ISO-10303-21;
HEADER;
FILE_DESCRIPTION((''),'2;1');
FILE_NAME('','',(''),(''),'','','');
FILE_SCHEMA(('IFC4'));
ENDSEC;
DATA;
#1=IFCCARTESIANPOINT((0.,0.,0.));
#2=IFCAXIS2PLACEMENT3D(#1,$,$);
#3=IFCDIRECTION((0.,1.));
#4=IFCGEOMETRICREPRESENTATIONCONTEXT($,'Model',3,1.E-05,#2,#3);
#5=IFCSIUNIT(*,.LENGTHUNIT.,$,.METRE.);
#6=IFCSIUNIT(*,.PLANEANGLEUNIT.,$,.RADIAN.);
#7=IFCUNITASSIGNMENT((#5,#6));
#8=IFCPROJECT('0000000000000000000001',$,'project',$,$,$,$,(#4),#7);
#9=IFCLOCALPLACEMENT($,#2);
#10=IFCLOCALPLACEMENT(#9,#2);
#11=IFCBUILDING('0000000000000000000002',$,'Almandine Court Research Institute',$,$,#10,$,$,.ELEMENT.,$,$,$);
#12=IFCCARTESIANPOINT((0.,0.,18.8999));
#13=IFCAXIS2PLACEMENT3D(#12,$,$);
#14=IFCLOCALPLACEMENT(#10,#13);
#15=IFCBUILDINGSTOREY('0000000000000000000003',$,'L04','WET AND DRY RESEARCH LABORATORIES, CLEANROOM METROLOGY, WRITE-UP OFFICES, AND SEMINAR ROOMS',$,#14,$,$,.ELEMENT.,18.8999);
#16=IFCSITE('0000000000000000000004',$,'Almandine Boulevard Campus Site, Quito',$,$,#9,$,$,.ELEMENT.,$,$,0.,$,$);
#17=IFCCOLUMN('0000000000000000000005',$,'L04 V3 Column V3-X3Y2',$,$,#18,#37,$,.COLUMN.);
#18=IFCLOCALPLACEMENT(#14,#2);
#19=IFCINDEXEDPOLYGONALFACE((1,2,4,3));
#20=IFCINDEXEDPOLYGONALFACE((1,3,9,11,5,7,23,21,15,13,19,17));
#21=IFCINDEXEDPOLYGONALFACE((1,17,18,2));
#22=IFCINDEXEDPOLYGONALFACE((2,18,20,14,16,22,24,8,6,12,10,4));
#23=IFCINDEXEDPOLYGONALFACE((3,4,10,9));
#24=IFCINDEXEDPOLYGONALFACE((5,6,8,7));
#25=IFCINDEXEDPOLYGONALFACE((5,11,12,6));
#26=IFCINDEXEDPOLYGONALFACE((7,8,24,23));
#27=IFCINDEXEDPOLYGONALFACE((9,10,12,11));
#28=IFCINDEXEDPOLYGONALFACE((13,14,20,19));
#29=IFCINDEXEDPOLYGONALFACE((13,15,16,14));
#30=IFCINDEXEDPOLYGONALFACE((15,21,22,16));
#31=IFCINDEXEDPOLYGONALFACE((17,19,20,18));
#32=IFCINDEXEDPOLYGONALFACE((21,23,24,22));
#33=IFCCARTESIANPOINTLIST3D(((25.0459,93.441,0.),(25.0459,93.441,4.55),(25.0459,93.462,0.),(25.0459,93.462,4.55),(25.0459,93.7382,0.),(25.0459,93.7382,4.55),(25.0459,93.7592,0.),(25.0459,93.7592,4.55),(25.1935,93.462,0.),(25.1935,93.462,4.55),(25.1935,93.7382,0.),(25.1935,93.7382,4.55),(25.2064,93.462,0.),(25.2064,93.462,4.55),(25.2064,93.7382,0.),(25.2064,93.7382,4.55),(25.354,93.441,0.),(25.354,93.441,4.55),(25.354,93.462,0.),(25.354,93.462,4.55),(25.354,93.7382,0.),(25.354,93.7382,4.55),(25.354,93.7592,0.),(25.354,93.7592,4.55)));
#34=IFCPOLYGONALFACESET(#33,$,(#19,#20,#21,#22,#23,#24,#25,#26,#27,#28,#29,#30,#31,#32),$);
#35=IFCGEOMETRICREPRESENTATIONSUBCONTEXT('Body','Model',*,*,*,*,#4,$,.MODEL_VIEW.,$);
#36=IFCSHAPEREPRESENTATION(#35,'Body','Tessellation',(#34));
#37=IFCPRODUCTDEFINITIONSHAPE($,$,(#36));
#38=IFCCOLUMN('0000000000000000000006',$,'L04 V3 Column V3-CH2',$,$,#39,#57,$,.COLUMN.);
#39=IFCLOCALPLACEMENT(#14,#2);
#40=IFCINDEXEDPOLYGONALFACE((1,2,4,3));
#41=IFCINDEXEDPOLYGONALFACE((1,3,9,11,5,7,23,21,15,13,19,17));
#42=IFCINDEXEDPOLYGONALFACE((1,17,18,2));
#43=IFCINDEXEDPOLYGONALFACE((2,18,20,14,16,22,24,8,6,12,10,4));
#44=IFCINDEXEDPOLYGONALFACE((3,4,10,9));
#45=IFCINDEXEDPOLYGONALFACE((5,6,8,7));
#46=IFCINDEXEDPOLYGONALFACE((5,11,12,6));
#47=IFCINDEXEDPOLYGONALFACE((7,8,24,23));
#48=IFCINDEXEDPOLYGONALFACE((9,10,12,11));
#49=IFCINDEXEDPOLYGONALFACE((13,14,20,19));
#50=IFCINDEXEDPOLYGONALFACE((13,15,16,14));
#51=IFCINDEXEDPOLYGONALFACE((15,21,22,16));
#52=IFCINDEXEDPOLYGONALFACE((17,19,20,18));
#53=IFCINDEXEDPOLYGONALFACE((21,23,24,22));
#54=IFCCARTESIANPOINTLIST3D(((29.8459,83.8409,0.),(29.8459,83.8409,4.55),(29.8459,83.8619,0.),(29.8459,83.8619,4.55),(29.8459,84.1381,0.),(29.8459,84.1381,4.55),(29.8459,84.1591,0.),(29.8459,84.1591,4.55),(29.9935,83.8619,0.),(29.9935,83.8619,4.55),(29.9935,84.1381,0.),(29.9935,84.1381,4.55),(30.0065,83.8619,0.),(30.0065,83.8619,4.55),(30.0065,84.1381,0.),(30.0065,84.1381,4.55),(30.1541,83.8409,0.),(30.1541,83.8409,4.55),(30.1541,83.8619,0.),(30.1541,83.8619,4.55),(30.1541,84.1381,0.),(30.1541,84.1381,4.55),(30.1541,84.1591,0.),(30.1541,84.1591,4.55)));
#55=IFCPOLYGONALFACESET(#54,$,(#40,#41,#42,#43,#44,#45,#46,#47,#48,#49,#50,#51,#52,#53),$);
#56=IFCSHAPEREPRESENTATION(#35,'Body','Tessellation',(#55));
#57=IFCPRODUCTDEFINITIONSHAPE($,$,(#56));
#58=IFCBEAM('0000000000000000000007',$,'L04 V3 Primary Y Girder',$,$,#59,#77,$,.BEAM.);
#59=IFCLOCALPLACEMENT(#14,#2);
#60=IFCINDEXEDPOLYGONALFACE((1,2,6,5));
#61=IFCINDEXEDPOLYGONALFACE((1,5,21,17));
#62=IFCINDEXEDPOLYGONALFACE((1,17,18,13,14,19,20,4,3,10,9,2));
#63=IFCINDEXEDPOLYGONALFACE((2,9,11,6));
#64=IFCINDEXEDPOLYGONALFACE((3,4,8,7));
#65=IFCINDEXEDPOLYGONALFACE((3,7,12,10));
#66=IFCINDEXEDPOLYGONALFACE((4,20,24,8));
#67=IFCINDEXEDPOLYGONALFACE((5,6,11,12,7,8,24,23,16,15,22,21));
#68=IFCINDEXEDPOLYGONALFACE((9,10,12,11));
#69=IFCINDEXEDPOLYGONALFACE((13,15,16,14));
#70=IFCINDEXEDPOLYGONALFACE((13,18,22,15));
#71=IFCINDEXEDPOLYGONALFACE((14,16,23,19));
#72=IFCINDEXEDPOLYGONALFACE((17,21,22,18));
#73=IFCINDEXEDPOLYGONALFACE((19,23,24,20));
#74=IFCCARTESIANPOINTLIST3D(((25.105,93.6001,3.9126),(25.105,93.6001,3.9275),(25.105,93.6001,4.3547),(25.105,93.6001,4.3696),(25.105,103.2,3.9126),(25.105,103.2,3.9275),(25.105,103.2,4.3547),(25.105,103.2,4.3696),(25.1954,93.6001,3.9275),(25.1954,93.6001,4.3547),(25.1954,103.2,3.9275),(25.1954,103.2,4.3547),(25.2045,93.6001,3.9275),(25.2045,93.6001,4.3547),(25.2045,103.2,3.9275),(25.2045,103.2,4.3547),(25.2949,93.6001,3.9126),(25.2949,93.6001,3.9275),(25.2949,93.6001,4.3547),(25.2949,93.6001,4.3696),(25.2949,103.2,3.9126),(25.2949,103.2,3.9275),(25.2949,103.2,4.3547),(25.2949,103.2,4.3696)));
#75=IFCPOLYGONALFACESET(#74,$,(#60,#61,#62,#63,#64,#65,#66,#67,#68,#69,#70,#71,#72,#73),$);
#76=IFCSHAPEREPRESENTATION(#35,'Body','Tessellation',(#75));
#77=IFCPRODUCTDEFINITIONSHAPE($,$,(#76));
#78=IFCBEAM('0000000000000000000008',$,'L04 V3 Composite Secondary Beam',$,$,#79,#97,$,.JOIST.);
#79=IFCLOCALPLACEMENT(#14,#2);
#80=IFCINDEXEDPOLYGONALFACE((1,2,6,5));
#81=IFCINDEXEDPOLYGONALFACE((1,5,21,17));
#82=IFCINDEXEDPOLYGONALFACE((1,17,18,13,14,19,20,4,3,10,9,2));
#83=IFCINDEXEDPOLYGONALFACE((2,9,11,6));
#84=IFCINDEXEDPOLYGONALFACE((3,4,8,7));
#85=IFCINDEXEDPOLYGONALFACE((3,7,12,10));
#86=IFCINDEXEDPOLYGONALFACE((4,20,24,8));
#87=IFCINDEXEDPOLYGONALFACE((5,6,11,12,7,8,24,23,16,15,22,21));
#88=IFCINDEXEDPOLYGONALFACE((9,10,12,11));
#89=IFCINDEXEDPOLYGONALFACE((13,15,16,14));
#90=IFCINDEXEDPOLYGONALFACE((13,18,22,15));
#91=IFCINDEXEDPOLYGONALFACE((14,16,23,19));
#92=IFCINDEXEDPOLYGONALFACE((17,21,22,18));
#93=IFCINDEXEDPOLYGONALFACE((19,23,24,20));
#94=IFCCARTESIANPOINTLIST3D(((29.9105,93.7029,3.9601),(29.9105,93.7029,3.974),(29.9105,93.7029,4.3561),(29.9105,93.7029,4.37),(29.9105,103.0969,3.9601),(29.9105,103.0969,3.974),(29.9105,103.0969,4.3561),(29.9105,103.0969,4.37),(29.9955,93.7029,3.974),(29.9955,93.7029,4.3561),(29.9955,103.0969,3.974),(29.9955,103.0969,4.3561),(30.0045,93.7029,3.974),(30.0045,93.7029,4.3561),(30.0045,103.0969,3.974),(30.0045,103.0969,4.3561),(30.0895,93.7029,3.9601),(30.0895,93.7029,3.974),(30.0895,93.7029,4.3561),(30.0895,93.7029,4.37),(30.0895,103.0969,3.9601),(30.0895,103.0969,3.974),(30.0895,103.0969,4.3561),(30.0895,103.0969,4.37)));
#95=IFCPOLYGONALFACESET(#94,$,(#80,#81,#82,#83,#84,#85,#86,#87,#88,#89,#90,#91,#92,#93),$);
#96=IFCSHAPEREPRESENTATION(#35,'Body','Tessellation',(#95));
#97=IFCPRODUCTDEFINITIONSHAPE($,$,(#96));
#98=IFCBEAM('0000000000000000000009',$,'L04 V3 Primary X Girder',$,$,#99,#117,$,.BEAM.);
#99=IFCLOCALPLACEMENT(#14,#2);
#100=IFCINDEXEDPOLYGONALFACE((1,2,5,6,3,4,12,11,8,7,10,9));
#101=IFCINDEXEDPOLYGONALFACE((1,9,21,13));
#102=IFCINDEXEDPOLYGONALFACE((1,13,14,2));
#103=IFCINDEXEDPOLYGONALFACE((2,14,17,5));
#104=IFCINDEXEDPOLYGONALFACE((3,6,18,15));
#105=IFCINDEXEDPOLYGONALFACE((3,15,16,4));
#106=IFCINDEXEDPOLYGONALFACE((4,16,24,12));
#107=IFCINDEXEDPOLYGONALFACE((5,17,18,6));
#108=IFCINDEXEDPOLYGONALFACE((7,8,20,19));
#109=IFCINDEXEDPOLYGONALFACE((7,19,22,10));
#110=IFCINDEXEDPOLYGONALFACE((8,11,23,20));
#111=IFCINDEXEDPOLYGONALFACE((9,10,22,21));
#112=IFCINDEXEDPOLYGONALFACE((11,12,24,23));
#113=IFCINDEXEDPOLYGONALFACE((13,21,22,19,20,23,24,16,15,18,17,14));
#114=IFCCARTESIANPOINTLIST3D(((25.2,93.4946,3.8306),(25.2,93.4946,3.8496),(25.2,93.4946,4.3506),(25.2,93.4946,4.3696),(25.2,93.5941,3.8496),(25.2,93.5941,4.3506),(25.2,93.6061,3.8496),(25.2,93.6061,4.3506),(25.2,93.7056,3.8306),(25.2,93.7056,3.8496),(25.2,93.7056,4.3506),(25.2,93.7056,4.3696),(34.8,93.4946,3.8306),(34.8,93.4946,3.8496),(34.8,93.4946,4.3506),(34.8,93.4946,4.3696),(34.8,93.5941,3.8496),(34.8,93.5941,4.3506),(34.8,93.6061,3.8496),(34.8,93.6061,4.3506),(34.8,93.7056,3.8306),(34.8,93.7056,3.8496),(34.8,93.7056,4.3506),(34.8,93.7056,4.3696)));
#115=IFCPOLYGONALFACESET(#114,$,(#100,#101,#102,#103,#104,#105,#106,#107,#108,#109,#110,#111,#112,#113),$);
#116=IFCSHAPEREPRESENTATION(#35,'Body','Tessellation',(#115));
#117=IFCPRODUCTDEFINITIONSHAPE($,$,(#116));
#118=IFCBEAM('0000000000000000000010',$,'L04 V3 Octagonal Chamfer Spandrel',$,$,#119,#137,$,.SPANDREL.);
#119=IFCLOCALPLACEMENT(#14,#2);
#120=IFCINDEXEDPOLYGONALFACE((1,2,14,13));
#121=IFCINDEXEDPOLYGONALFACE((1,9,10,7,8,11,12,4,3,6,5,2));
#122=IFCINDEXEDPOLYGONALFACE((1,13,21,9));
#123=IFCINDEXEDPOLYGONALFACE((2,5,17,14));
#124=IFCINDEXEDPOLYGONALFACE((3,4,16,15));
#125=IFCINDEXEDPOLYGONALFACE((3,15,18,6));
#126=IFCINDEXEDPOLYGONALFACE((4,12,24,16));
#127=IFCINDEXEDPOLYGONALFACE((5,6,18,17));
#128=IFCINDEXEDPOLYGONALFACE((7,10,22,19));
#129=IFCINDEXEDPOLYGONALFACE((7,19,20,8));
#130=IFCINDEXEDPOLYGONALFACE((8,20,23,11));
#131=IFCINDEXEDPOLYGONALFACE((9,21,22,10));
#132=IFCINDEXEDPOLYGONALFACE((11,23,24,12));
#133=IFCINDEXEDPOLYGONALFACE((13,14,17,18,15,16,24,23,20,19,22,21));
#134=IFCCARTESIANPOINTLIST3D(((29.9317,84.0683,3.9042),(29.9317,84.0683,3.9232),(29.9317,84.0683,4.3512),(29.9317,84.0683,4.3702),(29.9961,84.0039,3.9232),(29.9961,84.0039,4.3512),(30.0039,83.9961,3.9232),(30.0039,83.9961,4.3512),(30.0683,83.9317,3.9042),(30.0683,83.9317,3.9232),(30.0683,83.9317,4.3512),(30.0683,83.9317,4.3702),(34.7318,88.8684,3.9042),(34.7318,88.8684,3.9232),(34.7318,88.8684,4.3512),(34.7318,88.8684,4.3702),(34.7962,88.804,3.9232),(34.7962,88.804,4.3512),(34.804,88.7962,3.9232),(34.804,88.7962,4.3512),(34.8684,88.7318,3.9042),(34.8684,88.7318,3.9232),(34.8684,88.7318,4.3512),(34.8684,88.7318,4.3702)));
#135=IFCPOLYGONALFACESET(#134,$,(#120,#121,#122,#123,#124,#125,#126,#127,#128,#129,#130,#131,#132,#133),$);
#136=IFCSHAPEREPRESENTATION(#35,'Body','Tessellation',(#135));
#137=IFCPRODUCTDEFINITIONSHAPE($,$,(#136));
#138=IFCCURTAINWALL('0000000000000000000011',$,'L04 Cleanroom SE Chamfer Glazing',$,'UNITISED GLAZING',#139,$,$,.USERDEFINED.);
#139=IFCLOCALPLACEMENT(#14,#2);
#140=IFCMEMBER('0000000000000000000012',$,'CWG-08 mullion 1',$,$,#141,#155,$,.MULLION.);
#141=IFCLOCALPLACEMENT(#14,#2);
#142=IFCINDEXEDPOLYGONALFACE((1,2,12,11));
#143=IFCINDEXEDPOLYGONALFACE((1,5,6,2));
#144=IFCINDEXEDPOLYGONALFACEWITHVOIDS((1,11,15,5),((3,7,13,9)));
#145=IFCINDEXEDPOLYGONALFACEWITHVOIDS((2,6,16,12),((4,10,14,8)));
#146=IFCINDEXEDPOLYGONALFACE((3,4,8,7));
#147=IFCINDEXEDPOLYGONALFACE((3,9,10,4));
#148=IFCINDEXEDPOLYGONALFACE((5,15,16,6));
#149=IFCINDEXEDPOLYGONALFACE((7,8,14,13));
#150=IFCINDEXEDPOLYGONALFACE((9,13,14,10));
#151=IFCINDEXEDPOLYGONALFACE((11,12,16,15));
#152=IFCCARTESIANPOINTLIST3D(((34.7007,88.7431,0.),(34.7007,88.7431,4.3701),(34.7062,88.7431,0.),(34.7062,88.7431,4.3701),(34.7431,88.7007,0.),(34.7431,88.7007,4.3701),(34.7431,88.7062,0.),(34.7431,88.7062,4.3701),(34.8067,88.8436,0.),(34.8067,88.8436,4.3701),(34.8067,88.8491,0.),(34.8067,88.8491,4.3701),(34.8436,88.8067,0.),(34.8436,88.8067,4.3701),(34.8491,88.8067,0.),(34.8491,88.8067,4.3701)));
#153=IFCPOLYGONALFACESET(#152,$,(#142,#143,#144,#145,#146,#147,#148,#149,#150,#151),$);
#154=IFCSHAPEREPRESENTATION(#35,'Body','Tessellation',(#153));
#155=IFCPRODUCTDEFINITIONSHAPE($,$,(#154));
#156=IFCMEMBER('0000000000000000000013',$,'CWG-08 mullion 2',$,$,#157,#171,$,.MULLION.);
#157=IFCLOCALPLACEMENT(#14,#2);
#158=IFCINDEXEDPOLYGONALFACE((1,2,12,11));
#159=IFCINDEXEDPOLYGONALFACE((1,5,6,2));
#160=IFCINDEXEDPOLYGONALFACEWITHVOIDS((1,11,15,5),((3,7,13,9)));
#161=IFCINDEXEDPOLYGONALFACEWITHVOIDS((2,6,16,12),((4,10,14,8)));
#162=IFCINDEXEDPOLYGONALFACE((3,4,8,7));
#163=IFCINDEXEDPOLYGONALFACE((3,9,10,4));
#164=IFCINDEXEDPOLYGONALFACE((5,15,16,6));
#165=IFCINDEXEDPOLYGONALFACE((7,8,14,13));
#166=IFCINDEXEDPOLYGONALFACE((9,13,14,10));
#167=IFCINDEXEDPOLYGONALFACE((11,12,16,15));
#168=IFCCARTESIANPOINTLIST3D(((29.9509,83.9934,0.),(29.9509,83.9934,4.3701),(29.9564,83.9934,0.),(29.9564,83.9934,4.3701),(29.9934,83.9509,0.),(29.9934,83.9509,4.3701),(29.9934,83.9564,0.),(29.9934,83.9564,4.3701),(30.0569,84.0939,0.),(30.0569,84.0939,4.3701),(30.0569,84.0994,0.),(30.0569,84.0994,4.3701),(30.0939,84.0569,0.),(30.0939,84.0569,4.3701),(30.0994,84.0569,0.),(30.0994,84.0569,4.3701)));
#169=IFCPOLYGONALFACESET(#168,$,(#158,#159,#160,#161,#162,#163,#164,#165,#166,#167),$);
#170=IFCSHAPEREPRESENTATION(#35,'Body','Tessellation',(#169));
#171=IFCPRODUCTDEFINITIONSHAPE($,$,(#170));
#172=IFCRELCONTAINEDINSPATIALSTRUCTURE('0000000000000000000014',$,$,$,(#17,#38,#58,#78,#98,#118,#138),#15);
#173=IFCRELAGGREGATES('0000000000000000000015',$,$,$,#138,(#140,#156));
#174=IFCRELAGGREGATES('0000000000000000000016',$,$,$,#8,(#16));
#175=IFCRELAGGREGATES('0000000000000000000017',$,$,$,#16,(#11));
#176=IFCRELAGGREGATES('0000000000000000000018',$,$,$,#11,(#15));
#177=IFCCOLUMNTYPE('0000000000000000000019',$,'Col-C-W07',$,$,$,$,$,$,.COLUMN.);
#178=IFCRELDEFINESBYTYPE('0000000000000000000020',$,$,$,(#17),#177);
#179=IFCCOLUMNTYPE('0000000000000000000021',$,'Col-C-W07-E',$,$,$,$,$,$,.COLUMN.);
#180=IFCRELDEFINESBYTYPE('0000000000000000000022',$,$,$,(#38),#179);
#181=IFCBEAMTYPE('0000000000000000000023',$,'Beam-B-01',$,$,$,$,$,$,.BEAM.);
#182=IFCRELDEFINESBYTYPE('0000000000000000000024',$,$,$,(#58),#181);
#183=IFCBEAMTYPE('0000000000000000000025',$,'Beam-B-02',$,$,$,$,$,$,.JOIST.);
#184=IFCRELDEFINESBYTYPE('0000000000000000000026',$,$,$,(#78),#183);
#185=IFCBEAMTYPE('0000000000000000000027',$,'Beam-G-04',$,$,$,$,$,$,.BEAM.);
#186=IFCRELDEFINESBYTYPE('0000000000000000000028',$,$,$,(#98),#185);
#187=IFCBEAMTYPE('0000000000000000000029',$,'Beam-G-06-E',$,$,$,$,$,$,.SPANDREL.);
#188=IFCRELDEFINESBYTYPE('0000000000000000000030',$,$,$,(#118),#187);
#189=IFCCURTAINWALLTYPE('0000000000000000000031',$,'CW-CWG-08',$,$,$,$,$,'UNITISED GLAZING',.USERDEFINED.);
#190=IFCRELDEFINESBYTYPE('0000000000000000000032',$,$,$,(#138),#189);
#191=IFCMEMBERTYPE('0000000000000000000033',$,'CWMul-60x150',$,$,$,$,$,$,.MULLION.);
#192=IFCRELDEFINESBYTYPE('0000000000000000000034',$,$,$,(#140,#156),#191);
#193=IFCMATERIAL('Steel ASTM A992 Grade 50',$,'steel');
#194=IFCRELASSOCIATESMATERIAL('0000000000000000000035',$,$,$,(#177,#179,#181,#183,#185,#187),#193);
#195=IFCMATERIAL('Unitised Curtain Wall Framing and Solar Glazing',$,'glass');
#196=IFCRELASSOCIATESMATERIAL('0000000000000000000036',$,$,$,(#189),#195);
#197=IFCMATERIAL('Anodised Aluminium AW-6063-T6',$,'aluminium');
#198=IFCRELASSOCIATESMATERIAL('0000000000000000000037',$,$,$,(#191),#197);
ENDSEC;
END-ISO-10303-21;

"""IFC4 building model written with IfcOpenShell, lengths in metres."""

from ifc_helpers import new_model, si_unit, direction, frame, origin, origin_2d, place, context, subcontext, project, spatial, hollow_rectangle, i_section, extrude, material, material_profile, profile_set, type_object, element, aggregate, save


model = new_model("IFC4")

# Units and contexts
model_context = context("Model", 3, precision=1e-05, world=origin(), true_north=direction((0.0, 1.0)))
body_context = subcontext(model_context, "Body", "Model", "MODEL_VIEW")
ifc_project = project(units=[si_unit("LENGTHUNIT", "METRE"), si_unit("PLANEANGLEUNIT", "RADIAN")], contexts=[model_context])

# Site, building, storey
site_placement = place(None, origin())
site = spatial("IfcSite", under=ifc_project, at=site_placement, Name="Almandine Boulevard Campus Site, Quito", CompositionType="ELEMENT", RefElevation=0.0)
building_placement = place(site_placement, origin())
building = spatial("IfcBuilding", under=site, at=building_placement, Name="Almandine Court Research Institute", CompositionType="ELEMENT")
storey_placement = place(building_placement, frame((0.0, 0.0, 18.8999)))
storey = spatial("IfcBuildingStorey", under=building, at=storey_placement, Name="L04", Description="WET AND DRY RESEARCH LABORATORIES, CLEANROOM METROLOGY, WRITE-UP OFFICES, AND SEMINAR ROOMS", CompositionType="ELEMENT", Elevation=18.8999)

# Columns
ifc_material_1 = material(Name="Steel ASTM A992 Grade 50", Category="steel")
ifc_material_profile_1 = material_profile(ifc_material_1, i_section(OverallWidth=0.3081, OverallDepth=0.3181, WebThickness=0.0129, FlangeThickness=0.021, at=origin_2d()), Name="W310x129")
ifc_profile_set_1 = profile_set([ifc_material_profile_1], Name="Steel ASTM A992 Grade 50")
column_type_1 = type_object("IfcColumnType", Name="Col-C-W07", PredefinedType="COLUMN", material=ifc_profile_set_1)
column_1_placement = place(storey_placement, frame((25.2, 93.6001, 0.0), z_axis=(0.0, 0.0, 1.0), x_axis=(1.0, 0.0, 0.0)))
element("IfcColumn", 1, at=column_1_placement, inside=storey, type_object=column_type_1, Name="L04 V3 Column V3-X3Y2", PredefinedType="COLUMN", context=body_context, shape_type="SweptSolid", body=[
    extrude(i_section(OverallWidth=0.3081, OverallDepth=0.3181, WebThickness=0.0129, FlangeThickness=0.021, at=origin_2d()), origin(), (0.0, 0.0, 1.0), 4.55),
])
ifc_material_profile_2 = material_profile(ifc_material_1, i_section(OverallWidth=0.3081, OverallDepth=0.3181, WebThickness=0.0129, FlangeThickness=0.021, at=origin_2d()), Name="W310x129")
ifc_profile_set_2 = profile_set([ifc_material_profile_2], Name="Steel ASTM A992 Grade 50")
column_type_2 = type_object("IfcColumnType", Name="Col-C-W07-E", PredefinedType="COLUMN", material=ifc_profile_set_2)
column_2_placement = place(storey_placement, frame((30.0, 84.0, 0.0), z_axis=(0.0, 0.0, 1.0), x_axis=(1.0, 0.0, 0.0)))
element("IfcColumn", 2, at=column_2_placement, inside=storey, type_object=column_type_2, Name="L04 V3 Column V3-CH2", PredefinedType="COLUMN", context=body_context, shape_type="SweptSolid", body=[
    extrude(i_section(OverallWidth=0.3081, OverallDepth=0.3181, WebThickness=0.0129, FlangeThickness=0.021, at=origin_2d()), origin(), (0.0, 0.0, 1.0), 4.55),
])

# Beams
ifc_material_profile_3 = material_profile(ifc_material_1, i_section(OverallWidth=0.1899, OverallDepth=0.457, WebThickness=0.009, FlangeThickness=0.0149, at=origin_2d()), Name="W460x74")
ifc_profile_set_3 = profile_set([ifc_material_profile_3], Name="Steel ASTM A992 Grade 50")
beam_type_1 = type_object("IfcBeamType", Name="Beam-B-01", PredefinedType="BEAM", material=ifc_profile_set_3)
beam_1_placement = place(storey_placement, frame((25.2, 93.6001, 4.1411), z_axis=(0.0, 1.0, 0.0), x_axis=(-1.0, 0.0, 0.0)))
element("IfcBeam", 3, at=beam_1_placement, inside=storey, type_object=beam_type_1, Name="L04 V3 Primary Y Girder", PredefinedType="BEAM", context=body_context, shape_type="SweptSolid", body=[
    extrude(i_section(OverallWidth=0.1899, OverallDepth=0.457, WebThickness=0.009, FlangeThickness=0.0149, at=origin_2d()), origin(), (0.0, 0.0, 1.0), 9.5999),
])
ifc_material_profile_4 = material_profile(ifc_material_1, i_section(OverallWidth=0.179, OverallDepth=0.4099, WebThickness=0.009, FlangeThickness=0.0139, at=origin_2d()), Name="W410x67")
ifc_profile_set_4 = profile_set([ifc_material_profile_4], Name="Steel ASTM A992 Grade 50")
beam_type_2 = type_object("IfcBeamType", Name="Beam-B-02", PredefinedType="JOIST", material=ifc_profile_set_4)
beam_2_placement = place(storey_placement, frame((30.0, 93.7029, 4.165), z_axis=(0.0, 1.0, 0.0), x_axis=(-1.0, 0.0, 0.0)))
element("IfcBeam", 4, at=beam_2_placement, inside=storey, type_object=beam_type_2, Name="L04 V3 Composite Secondary Beam", PredefinedType="JOIST", context=body_context, shape_type="SweptSolid", body=[
    extrude(i_section(OverallWidth=0.179, OverallDepth=0.4099, WebThickness=0.009, FlangeThickness=0.0139, at=origin_2d()), origin(), (0.0, 0.0, 1.0), 9.394),
])
ifc_material_profile_5 = material_profile(ifc_material_1, i_section(OverallWidth=0.2109, OverallDepth=0.5391, WebThickness=0.012, FlangeThickness=0.019, at=origin_2d()), Name="W530x109")
ifc_profile_set_5 = profile_set([ifc_material_profile_5], Name="Steel ASTM A992 Grade 50")
beam_type_3 = type_object("IfcBeamType", Name="Beam-G-04", PredefinedType="BEAM", material=ifc_profile_set_5)
beam_3_placement = place(storey_placement, frame((25.2, 93.6001, 4.1001), z_axis=(1.0, 0.0, 0.0), x_axis=(0.0, 1.0, 0.0)))
element("IfcBeam", 5, at=beam_3_placement, inside=storey, type_object=beam_type_3, Name="L04 V3 Primary X Girder", PredefinedType="BEAM", context=body_context, shape_type="SweptSolid", body=[
    extrude(i_section(OverallWidth=0.2109, OverallDepth=0.5391, WebThickness=0.012, FlangeThickness=0.019, at=origin_2d()), origin(), (0.0, 0.0, 1.0), 9.6001),
])
ifc_material_profile_6 = material_profile(ifc_material_1, i_section(OverallWidth=0.1931, OverallDepth=0.4661, WebThickness=0.011, FlangeThickness=0.019, at=origin_2d()), Name="W460x97")
ifc_profile_set_6 = profile_set([ifc_material_profile_6], Name="Steel ASTM A992 Grade 50")
beam_type_4 = type_object("IfcBeamType", Name="Beam-G-06-E", PredefinedType="SPANDREL", material=ifc_profile_set_6)
beam_4_placement = place(storey_placement, frame((30.0, 84.0, 4.1372), z_axis=(0.707107, 0.707107, 0.0), x_axis=(-0.707107, 0.707107, 0.0)))
element("IfcBeam", 6, at=beam_4_placement, inside=storey, type_object=beam_type_4, Name="L04 V3 Octagonal Chamfer Spandrel", PredefinedType="SPANDREL", context=body_context, shape_type="SweptSolid", body=[
    extrude(i_section(OverallWidth=0.1931, OverallDepth=0.4661, WebThickness=0.011, FlangeThickness=0.019, at=origin_2d()), origin(), (0.0, 0.0, 1.0), 6.7883),
])

# Curtain wall, members
ifc_material_2 = material(Name="Unitised Curtain Wall Framing and Solar Glazing", Category="glass")
curtain_wall_type = type_object("IfcCurtainWallType", Name="CW-CWG-08", ElementType="UNITISED GLAZING", PredefinedType="USERDEFINED", material=ifc_material_2)
curtain_wall_placement = place(storey_placement, origin())
curtain_wall = element("IfcCurtainWall", 7, at=curtain_wall_placement, inside=storey, type_object=curtain_wall_type, Name="L04 Cleanroom SE Chamfer Glazing", ObjectType="UNITISED GLAZING", PredefinedType="USERDEFINED")
ifc_material_3 = material(Name="Anodised Aluminium AW-6063-T6", Category="aluminium")
ifc_material_profile_7 = material_profile(ifc_material_3, hollow_rectangle(XDim=0.0601, YDim=0.1499, WallThickness=0.0039, at=origin_2d()), Name="ALU RHS 60x150x4")
ifc_profile_set_7 = profile_set([ifc_material_profile_7], Name="Anodised Aluminium AW-6063-T6")
member_type_1 = type_object("IfcMemberType", Name="CWMul-60x150", PredefinedType="MULLION", material=ifc_profile_set_7)
member_1_placement = place(storey_placement, frame((34.7749, 88.7749, 0.0), z_axis=(0.0, 0.0, 1.0), x_axis=(0.707107, -0.707107, 0.0)))
member_1 = element("IfcMember", 8, at=member_1_placement, type_object=member_type_1, Name="CWG-08 mullion 1", PredefinedType="MULLION", context=body_context, shape_type="SweptSolid", body=[
    extrude(hollow_rectangle(XDim=0.0601, YDim=0.1499, WallThickness=0.0039, at=origin_2d()), origin(), (0.0, 0.0, 1.0), 4.3701),
])
member_2_placement = place(storey_placement, frame((30.0251, 84.0251, 0.0), z_axis=(0.0, 0.0, 1.0), x_axis=(0.707107, -0.707107, 0.0)))
member_2 = element("IfcMember", 9, at=member_2_placement, type_object=member_type_1, Name="CWG-08 mullion 2", PredefinedType="MULLION", context=body_context, shape_type="SweptSolid", body=[
    extrude(hollow_rectangle(XDim=0.0601, YDim=0.1499, WallThickness=0.0039, at=origin_2d()), origin(), (0.0, 0.0, 1.0), 4.3701),
])
aggregate(curtain_wall, [member_1, member_2])

save(model, "model.ifc")
